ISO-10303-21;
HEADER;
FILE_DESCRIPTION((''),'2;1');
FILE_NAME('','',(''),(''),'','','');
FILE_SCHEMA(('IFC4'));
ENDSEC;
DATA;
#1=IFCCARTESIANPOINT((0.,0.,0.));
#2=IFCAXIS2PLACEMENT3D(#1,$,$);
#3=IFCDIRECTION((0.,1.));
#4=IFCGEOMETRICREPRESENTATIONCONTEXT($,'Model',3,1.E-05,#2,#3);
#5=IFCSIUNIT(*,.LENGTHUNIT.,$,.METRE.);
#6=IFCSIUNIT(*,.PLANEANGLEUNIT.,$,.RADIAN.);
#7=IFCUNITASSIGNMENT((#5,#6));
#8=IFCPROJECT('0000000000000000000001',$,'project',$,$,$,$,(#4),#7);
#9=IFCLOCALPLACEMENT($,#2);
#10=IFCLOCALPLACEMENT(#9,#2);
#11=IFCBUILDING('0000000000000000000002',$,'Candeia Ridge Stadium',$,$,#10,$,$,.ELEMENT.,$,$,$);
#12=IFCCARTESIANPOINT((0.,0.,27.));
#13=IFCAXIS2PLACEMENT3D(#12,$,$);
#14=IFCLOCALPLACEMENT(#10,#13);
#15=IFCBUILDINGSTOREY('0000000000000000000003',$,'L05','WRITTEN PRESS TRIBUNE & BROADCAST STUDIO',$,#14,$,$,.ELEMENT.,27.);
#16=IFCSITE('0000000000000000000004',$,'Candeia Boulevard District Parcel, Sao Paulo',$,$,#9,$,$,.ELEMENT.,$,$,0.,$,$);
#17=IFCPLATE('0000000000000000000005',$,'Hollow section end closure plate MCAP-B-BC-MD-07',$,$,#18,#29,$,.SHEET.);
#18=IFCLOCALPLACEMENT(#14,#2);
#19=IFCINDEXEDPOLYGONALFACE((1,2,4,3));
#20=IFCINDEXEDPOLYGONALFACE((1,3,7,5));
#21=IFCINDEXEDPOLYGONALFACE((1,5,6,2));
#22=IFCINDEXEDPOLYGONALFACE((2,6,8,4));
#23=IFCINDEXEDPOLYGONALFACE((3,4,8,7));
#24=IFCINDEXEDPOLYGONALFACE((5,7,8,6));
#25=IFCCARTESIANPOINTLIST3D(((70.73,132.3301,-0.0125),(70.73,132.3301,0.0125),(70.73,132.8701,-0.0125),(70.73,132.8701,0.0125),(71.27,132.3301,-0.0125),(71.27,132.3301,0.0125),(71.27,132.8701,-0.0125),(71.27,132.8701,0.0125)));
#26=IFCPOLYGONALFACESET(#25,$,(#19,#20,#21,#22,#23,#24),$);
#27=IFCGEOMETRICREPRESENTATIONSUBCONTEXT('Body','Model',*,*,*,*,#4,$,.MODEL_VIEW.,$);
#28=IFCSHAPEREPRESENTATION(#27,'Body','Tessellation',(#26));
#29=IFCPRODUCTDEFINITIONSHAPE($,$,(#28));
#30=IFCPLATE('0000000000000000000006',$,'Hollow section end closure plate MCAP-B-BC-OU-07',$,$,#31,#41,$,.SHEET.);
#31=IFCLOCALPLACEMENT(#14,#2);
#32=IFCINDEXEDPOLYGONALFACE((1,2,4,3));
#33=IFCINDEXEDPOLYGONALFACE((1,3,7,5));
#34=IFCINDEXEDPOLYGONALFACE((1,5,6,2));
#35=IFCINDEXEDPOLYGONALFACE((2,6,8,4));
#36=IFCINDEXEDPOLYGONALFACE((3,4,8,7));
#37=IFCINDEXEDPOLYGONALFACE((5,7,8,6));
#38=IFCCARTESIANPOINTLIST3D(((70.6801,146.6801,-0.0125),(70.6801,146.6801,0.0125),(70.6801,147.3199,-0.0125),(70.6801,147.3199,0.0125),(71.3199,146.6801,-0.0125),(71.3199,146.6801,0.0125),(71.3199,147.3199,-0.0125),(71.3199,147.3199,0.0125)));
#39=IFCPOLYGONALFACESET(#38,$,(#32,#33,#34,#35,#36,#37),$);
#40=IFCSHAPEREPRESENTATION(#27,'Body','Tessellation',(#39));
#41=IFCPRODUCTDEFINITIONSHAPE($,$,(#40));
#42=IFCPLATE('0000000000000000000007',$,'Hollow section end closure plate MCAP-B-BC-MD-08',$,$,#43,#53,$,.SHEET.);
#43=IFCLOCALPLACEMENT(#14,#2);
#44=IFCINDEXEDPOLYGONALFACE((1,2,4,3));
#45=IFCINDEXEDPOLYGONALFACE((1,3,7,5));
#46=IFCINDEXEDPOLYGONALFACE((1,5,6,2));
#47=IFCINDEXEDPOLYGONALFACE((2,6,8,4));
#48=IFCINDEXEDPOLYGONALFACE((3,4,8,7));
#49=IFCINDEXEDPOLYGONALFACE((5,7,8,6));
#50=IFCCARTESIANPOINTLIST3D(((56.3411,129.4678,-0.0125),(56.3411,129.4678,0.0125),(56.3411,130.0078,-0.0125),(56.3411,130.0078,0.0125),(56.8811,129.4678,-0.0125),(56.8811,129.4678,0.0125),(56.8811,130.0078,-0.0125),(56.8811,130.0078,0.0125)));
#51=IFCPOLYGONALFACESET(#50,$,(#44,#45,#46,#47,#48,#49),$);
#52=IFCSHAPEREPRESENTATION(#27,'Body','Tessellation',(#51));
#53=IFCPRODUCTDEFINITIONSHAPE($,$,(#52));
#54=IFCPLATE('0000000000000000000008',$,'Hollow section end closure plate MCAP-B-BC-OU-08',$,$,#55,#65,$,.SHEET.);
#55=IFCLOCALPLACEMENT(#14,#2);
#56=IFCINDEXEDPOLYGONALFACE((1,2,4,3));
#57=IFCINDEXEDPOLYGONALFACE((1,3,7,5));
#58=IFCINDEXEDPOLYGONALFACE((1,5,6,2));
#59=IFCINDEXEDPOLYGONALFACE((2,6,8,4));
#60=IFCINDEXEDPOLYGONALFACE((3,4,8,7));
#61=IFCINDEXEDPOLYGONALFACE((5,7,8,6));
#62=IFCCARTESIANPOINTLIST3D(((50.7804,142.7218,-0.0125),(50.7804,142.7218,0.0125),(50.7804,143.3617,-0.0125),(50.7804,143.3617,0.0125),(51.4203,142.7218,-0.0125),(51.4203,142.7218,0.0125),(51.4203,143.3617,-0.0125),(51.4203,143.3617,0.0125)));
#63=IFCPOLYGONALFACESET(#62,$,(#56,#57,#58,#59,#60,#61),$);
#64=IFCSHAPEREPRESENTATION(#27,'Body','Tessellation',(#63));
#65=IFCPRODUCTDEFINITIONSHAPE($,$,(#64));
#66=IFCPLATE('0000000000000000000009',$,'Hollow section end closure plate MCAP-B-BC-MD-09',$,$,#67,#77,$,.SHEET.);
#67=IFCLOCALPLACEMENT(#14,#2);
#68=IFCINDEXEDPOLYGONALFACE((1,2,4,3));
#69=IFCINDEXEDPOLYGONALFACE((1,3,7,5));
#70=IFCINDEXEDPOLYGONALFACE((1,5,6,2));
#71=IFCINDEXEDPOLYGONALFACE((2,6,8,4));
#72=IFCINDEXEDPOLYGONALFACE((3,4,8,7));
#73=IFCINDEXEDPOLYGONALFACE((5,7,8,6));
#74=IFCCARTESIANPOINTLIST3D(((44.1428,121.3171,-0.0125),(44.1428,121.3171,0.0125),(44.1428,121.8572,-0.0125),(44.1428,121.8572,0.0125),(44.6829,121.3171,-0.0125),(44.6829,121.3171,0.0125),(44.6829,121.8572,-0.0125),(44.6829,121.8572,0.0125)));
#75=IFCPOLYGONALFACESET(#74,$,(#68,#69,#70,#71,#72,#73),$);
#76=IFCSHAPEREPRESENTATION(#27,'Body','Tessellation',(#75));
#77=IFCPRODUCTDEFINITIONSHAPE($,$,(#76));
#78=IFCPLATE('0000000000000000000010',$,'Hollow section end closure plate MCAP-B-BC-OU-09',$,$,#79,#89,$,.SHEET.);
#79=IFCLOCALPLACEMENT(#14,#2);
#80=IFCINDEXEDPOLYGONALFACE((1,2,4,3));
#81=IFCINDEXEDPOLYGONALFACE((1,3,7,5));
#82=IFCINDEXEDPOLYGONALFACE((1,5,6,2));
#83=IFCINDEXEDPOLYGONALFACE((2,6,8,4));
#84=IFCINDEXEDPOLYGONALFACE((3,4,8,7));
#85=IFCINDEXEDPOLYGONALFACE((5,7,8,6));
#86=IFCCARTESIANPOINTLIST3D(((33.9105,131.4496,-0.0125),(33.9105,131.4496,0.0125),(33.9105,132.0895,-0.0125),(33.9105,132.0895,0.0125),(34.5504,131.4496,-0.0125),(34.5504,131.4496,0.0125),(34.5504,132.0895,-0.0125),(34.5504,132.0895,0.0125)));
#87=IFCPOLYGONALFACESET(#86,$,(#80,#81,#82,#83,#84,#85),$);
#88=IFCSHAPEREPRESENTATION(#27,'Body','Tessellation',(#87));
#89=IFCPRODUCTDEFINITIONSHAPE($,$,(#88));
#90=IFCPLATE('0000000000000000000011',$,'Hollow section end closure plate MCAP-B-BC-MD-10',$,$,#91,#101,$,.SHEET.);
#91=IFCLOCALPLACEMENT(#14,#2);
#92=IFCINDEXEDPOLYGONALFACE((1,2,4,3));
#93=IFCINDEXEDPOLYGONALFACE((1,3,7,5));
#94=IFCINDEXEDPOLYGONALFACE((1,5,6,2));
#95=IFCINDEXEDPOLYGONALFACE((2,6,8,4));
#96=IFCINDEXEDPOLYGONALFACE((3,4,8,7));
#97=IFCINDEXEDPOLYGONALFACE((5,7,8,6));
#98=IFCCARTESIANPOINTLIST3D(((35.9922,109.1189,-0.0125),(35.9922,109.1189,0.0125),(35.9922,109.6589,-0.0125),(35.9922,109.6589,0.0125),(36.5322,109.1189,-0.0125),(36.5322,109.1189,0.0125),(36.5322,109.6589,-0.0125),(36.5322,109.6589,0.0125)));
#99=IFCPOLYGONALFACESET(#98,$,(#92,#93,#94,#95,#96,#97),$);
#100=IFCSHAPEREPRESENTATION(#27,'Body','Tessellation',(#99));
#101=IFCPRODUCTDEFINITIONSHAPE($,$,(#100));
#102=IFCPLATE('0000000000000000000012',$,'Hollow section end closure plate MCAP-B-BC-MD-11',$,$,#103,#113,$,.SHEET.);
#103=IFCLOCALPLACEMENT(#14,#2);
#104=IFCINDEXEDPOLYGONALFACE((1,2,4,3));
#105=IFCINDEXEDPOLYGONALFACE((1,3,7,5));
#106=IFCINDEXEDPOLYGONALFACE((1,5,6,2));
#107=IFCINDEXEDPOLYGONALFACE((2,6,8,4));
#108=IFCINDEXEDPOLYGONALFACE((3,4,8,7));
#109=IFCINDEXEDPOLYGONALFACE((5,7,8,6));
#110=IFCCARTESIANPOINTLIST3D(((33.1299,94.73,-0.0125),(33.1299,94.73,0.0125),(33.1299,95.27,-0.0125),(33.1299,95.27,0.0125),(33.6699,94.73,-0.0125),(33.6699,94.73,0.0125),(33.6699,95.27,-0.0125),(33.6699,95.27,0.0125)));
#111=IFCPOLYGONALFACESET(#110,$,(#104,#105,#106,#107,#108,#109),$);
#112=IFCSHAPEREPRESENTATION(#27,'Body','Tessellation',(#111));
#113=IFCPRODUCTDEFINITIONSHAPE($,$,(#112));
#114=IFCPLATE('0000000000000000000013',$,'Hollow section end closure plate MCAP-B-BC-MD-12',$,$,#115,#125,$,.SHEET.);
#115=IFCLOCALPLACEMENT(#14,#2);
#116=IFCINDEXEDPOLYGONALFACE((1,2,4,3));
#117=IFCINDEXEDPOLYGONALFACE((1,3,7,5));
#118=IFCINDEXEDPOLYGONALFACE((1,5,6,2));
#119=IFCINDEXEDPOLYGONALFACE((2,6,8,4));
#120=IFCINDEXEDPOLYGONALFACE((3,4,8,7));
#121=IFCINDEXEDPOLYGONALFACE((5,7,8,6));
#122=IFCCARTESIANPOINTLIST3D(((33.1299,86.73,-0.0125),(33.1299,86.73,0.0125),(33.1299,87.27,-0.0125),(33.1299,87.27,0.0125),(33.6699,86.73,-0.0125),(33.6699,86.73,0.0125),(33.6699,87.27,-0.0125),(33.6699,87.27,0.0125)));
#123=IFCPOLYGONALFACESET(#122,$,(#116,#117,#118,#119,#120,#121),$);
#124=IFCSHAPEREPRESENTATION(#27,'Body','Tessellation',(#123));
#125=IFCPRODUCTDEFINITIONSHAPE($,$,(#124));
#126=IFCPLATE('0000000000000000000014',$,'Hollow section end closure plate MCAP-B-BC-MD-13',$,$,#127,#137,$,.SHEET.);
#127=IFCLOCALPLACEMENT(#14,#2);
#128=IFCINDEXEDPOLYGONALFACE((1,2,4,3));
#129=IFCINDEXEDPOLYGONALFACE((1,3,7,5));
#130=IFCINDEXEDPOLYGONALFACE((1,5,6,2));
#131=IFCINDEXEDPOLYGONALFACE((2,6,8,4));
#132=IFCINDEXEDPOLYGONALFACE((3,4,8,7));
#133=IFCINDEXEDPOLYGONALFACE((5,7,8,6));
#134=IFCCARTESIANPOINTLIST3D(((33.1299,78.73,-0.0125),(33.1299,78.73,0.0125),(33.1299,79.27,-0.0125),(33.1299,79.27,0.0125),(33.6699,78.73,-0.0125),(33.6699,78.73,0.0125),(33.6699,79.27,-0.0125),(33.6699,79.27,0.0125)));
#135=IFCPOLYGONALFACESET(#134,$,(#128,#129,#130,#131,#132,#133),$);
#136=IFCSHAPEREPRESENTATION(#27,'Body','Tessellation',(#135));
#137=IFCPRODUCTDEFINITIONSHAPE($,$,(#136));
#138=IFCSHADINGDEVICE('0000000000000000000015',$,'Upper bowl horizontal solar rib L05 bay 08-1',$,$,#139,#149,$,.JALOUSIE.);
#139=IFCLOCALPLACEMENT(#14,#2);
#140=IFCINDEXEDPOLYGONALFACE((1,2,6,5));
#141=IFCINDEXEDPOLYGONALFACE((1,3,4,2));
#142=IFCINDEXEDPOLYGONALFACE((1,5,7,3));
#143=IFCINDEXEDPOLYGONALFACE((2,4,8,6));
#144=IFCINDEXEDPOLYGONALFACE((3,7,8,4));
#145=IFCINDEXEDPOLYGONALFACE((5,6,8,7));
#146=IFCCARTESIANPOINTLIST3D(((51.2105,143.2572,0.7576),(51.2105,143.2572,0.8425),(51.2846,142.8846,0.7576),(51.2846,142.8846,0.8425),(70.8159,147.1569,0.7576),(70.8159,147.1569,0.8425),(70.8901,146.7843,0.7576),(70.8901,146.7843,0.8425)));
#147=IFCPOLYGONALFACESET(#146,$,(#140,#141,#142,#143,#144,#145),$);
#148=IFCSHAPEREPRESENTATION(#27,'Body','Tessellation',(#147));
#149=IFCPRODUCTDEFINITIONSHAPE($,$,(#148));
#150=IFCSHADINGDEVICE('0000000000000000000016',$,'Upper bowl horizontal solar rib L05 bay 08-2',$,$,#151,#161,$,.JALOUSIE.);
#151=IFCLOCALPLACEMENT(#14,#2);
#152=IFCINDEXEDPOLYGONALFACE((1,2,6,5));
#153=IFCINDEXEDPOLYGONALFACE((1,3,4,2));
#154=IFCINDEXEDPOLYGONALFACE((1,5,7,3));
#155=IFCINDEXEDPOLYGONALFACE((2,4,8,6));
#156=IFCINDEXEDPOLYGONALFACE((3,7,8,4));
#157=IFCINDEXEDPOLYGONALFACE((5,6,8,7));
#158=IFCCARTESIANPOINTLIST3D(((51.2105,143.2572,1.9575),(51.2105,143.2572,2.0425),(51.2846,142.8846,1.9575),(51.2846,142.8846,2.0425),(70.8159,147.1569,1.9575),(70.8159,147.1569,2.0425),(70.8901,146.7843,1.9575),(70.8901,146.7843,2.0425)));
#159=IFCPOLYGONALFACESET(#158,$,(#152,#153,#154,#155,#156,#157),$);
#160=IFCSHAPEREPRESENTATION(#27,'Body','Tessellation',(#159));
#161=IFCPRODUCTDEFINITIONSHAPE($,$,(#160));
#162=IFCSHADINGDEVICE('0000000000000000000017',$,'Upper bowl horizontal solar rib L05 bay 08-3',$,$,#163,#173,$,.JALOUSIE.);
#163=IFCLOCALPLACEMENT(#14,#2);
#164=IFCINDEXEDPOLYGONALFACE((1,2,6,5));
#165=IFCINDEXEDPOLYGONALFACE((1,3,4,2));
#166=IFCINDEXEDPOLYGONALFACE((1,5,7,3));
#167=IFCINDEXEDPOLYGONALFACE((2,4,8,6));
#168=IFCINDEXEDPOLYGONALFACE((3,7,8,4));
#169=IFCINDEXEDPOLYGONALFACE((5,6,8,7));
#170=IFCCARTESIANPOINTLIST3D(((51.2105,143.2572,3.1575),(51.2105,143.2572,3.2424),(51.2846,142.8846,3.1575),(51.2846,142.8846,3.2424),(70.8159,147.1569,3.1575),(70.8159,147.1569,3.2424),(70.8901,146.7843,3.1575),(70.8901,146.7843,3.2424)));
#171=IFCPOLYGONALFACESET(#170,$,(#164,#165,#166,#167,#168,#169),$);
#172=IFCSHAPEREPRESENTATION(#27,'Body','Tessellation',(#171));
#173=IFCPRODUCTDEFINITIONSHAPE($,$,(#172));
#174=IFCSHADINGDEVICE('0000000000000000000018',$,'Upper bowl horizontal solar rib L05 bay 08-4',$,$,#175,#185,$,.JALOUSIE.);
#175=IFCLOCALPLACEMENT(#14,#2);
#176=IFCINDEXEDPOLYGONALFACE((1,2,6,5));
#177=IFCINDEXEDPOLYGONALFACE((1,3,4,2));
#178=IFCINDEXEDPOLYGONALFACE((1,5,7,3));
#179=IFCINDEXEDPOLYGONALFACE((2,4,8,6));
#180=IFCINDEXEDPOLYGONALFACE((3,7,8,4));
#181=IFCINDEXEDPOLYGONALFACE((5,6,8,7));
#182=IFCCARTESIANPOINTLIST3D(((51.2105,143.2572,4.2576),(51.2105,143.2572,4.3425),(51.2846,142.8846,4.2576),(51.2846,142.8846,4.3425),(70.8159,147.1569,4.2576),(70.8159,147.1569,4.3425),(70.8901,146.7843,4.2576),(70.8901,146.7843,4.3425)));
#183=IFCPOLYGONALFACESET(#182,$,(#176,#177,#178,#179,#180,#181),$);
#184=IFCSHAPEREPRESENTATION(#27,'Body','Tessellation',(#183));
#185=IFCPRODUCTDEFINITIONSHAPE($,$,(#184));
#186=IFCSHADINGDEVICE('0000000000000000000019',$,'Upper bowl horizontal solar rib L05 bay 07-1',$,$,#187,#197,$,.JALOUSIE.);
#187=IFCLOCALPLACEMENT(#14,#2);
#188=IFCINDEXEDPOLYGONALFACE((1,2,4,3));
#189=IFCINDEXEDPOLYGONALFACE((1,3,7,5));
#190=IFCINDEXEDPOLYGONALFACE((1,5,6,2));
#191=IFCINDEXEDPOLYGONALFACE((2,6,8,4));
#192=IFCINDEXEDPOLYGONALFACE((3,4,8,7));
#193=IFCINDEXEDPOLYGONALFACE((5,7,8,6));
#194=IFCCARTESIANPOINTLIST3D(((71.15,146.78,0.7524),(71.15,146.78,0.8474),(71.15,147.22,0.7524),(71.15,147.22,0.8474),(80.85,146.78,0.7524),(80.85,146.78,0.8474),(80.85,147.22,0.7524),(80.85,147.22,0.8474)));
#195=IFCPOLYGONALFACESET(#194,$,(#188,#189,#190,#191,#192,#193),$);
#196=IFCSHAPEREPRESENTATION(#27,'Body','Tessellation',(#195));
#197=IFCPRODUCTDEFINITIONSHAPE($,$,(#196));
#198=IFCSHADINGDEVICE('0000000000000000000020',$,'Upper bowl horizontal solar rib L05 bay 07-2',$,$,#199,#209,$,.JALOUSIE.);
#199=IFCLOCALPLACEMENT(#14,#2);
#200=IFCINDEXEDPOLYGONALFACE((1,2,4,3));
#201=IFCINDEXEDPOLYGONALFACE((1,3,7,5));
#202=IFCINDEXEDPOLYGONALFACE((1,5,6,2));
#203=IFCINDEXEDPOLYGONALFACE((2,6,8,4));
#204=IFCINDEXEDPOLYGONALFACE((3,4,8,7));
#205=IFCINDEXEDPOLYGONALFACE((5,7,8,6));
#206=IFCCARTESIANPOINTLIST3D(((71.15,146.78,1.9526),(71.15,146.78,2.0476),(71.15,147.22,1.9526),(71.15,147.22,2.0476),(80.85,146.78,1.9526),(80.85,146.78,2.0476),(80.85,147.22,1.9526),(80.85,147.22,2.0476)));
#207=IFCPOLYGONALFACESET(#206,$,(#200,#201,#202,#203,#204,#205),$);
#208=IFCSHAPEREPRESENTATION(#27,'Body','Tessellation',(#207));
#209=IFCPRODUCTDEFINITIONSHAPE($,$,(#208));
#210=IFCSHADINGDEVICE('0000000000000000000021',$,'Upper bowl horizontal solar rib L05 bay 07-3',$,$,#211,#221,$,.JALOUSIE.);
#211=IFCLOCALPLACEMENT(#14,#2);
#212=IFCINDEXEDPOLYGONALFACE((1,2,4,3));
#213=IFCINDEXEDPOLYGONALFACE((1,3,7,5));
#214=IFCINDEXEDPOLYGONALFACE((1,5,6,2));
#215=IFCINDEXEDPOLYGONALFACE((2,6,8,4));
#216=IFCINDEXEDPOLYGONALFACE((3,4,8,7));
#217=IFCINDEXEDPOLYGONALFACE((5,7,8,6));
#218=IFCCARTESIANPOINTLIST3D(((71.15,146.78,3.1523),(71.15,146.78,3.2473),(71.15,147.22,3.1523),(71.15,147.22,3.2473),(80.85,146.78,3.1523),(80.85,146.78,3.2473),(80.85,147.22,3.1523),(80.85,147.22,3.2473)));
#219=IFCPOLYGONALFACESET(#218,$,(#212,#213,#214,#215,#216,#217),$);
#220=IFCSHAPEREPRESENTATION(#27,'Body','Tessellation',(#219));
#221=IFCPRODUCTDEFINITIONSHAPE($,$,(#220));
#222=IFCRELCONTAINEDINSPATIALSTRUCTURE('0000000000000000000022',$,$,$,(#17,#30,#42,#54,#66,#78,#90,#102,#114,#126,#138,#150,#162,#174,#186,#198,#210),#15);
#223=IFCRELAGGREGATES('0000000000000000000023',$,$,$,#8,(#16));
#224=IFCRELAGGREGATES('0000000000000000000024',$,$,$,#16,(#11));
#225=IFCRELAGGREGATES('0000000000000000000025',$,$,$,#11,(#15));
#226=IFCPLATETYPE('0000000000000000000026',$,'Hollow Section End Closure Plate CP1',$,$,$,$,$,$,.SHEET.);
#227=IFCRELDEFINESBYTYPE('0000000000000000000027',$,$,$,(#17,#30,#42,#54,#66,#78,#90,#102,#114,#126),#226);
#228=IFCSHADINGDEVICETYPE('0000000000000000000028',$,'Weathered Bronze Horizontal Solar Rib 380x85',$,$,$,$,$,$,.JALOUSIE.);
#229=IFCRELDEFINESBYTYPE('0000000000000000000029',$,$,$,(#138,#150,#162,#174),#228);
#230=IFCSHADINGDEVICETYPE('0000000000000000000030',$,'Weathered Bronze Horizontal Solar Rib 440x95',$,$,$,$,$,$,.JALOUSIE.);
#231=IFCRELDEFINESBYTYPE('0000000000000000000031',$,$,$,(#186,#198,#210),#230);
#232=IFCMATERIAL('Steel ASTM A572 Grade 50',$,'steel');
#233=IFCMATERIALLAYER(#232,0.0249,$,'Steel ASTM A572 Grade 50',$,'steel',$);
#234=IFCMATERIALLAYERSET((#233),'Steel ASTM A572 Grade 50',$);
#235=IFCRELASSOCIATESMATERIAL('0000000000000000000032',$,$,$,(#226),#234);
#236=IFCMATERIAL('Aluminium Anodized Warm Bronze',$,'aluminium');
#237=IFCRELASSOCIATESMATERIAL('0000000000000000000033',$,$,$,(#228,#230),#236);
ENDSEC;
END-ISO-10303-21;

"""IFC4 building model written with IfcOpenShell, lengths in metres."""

from ifc_helpers import new_model, si_unit, direction, frame, origin, origin_2d, place, context, subcontext, project, spatial, rectangle, extrude, material, layer, layer_set, type_object, element, save


model = new_model("IFC4")

# Units and contexts
model_context = context("Model", 3, precision=1e-05, world=origin(), true_north=direction((0.0, 1.0)))
body_context = subcontext(model_context, "Body", "Model", "MODEL_VIEW")
ifc_project = project(units=[si_unit("LENGTHUNIT", "METRE"), si_unit("PLANEANGLEUNIT", "RADIAN")], contexts=[model_context])

# Site, building, storey
site_placement = place(None, origin())
site = spatial("IfcSite", under=ifc_project, at=site_placement, Name="Candeia Boulevard District Parcel, Sao Paulo", CompositionType="ELEMENT", RefElevation=0.0)
building_placement = place(site_placement, origin())
building = spatial("IfcBuilding", under=site, at=building_placement, Name="Candeia Ridge Stadium", CompositionType="ELEMENT")
storey_placement = place(building_placement, frame((0.0, 0.0, 27.0)))
storey = spatial("IfcBuildingStorey", under=building, at=storey_placement, Name="L05", Description="WRITTEN PRESS TRIBUNE & BROADCAST STUDIO", CompositionType="ELEMENT", Elevation=27.0)

# Shared definitions
ifc_material_1 = material(Name="Steel ASTM A572 Grade 50", Category="steel")

# Plates
ifc_layer = layer(ifc_material_1, 0.0249, Name="Steel ASTM A572 Grade 50", Category="steel")
ifc_layer_set = layer_set([ifc_layer], Name="Steel ASTM A572 Grade 50")
plate_type = type_object("IfcPlateType", Name="Hollow Section End Closure Plate CP1", PredefinedType="SHEET", material=ifc_layer_set)
plate_1_placement = place(storey_placement, frame((71.0, 132.6001, -0.0125), z_axis=(0.0, 0.0, 1.0), x_axis=(1.0, 0.0, 0.0)))
element("IfcPlate", 1, at=plate_1_placement, inside=storey, type_object=plate_type, Name="Hollow section end closure plate MCAP-B-BC-MD-07", PredefinedType="SHEET", context=body_context, shape_type="SweptSolid", body=[
    extrude(rectangle(XDim=0.54, YDim=0.54, at=origin_2d()), origin(), (0.0, 0.0, 1.0), 0.0249),
])
plate_2_placement = place(storey_placement, frame((71.0, 147.0, -0.0125), z_axis=(0.0, 0.0, 1.0), x_axis=(1.0, 0.0, 0.0)))
element("IfcPlate", 2, at=plate_2_placement, inside=storey, type_object=plate_type, Name="Hollow section end closure plate MCAP-B-BC-OU-07", PredefinedType="SHEET", context=body_context, shape_type="SweptSolid", body=[
    extrude(rectangle(XDim=0.6399, YDim=0.6399, at=origin_2d()), origin(), (0.0, 0.0, 1.0), 0.0249),
])
plate_3_placement = place(storey_placement, frame((56.6111, 129.7378, -0.0125), z_axis=(0.0, 0.0, 1.0), x_axis=(1.0, 0.0, 0.0)))
element("IfcPlate", 3, at=plate_3_placement, inside=storey, type_object=plate_type, Name="Hollow section end closure plate MCAP-B-BC-MD-08", PredefinedType="SHEET", context=body_context, shape_type="SweptSolid", body=[
    extrude(rectangle(XDim=0.54, YDim=0.54, at=origin_2d()), origin(), (0.0, 0.0, 1.0), 0.0249),
])
plate_4_placement = place(storey_placement, frame((51.1003, 143.0417, -0.0125), z_axis=(0.0, 0.0, 1.0), x_axis=(1.0, 0.0, 0.0)))
element("IfcPlate", 4, at=plate_4_placement, inside=storey, type_object=plate_type, Name="Hollow section end closure plate MCAP-B-BC-OU-08", PredefinedType="SHEET", context=body_context, shape_type="SweptSolid", body=[
    extrude(rectangle(XDim=0.6399, YDim=0.6399, at=origin_2d()), origin(), (0.0, 0.0, 1.0), 0.0249),
])
plate_5_placement = place(storey_placement, frame((44.4128, 121.5872, -0.0125), z_axis=(0.0, 0.0, 1.0), x_axis=(1.0, 0.0, 0.0)))
element("IfcPlate", 5, at=plate_5_placement, inside=storey, type_object=plate_type, Name="Hollow section end closure plate MCAP-B-BC-MD-09", PredefinedType="SHEET", context=body_context, shape_type="SweptSolid", body=[
    extrude(rectangle(XDim=0.54, YDim=0.54, at=origin_2d()), origin(), (0.0, 0.0, 1.0), 0.0249),
])
plate_6_placement = place(storey_placement, frame((34.2305, 131.7695, -0.0125), z_axis=(0.0, 0.0, 1.0), x_axis=(1.0, 0.0, 0.0)))
element("IfcPlate", 6, at=plate_6_placement, inside=storey, type_object=plate_type, Name="Hollow section end closure plate MCAP-B-BC-OU-09", PredefinedType="SHEET", context=body_context, shape_type="SweptSolid", body=[
    extrude(rectangle(XDim=0.6399, YDim=0.6399, at=origin_2d()), origin(), (0.0, 0.0, 1.0), 0.0249),
])
for number, where, z_axis, x_axis, name in (
    (7, (36.2622, 109.3889, -0.0125), (0.0, 0.0, 1.0), (1.0, 0.0, 0.0), "Hollow section end closure plate MCAP-B-BC-MD-10"),
    (8, (33.3999, 95.0, -0.0125), (0.0, 0.0, 1.0), (1.0, 0.0, 0.0), "Hollow section end closure plate MCAP-B-BC-MD-11"),
    (9, (33.3999, 87.0, -0.0125), (0.0, 0.0, 1.0), (1.0, 0.0, 0.0), "Hollow section end closure plate MCAP-B-BC-MD-12"),
    (10, (33.3999, 79.0, -0.0125), (0.0, 0.0, 1.0), (1.0, 0.0, 0.0), "Hollow section end closure plate MCAP-B-BC-MD-13"),
):
    element("IfcPlate", number, at=place(storey_placement, frame(where, z_axis=z_axis, x_axis=x_axis)), inside=storey, type_object=plate_type, Name=name, PredefinedType="SHEET", context=body_context, shape_type="SweptSolid", body=[
        extrude(rectangle(XDim=0.54, YDim=0.54, at=origin_2d()), origin(), (0.0, 0.0, 1.0), 0.0249),
    ])

# Shading devices
ifc_material_2 = material(Name="Aluminium Anodized Warm Bronze", Category="aluminium")
shading_device_type_1 = type_object("IfcShadingDeviceType", Name="Weathered Bronze Horizontal Solar Rib 380x85", PredefinedType="JALOUSIE", material=ifc_material_2)
for number, where, z_axis, x_axis, name in (
    (11, (61.0503, 145.0208, 0.7576), (0.0, 0.0, 1.0), (-0.980785, -0.19509, 0.0), "Upper bowl horizontal solar rib L05 bay 08-1"),
    (12, (61.0503, 145.0208, 1.9575), (0.0, 0.0, 1.0), (-0.980785, -0.19509, 0.0), "Upper bowl horizontal solar rib L05 bay 08-2"),
    (13, (61.0503, 145.0208, 3.1575), (0.0, 0.0, 1.0), (-0.980785, -0.19509, 0.0), "Upper bowl horizontal solar rib L05 bay 08-3"),
    (14, (61.0503, 145.0208, 4.2576), (0.0, 0.0, 1.0), (-0.980785, -0.19509, 0.0), "Upper bowl horizontal solar rib L05 bay 08-4"),
):
    element("IfcShadingDevice", number, at=place(storey_placement, frame(where, z_axis=z_axis, x_axis=x_axis)), inside=storey, type_object=shading_device_type_1, Name=name, PredefinedType="JALOUSIE", context=body_context, shape_type="SweptSolid", body=[
        extrude(rectangle(XDim=19.9895, YDim=0.3799, at=origin_2d()), origin(), (0.0, 0.0, 1.0), 0.085),
    ])
shading_device_type_2 = type_object("IfcShadingDeviceType", Name="Weathered Bronze Horizontal Solar Rib 440x95", PredefinedType="JALOUSIE", material=ifc_material_2)
for number, where, z_axis, x_axis, name in (
    (15, (76.0, 147.0, 0.7524), (0.0, 0.0, 1.0), (-1.0, 0.0, 0.0), "Upper bowl horizontal solar rib L05 bay 07-1"),
    (16, (76.0, 147.0, 1.9526), (0.0, 0.0, 1.0), (-1.0, 0.0, 0.0), "Upper bowl horizontal solar rib L05 bay 07-2"),
    (17, (76.0, 147.0, 3.1523), (0.0, 0.0, 1.0), (-1.0, 0.0, 0.0), "Upper bowl horizontal solar rib L05 bay 07-3"),
):
    element("IfcShadingDevice", number, at=place(storey_placement, frame(where, z_axis=z_axis, x_axis=x_axis)), inside=storey, type_object=shading_device_type_2, Name=name, PredefinedType="JALOUSIE", context=body_context, shape_type="SweptSolid", body=[
        extrude(rectangle(XDim=9.7, YDim=0.4399, at=origin_2d()), origin(), (0.0, 0.0, 1.0), 0.095),
    ])

save(model, "model.ifc")
